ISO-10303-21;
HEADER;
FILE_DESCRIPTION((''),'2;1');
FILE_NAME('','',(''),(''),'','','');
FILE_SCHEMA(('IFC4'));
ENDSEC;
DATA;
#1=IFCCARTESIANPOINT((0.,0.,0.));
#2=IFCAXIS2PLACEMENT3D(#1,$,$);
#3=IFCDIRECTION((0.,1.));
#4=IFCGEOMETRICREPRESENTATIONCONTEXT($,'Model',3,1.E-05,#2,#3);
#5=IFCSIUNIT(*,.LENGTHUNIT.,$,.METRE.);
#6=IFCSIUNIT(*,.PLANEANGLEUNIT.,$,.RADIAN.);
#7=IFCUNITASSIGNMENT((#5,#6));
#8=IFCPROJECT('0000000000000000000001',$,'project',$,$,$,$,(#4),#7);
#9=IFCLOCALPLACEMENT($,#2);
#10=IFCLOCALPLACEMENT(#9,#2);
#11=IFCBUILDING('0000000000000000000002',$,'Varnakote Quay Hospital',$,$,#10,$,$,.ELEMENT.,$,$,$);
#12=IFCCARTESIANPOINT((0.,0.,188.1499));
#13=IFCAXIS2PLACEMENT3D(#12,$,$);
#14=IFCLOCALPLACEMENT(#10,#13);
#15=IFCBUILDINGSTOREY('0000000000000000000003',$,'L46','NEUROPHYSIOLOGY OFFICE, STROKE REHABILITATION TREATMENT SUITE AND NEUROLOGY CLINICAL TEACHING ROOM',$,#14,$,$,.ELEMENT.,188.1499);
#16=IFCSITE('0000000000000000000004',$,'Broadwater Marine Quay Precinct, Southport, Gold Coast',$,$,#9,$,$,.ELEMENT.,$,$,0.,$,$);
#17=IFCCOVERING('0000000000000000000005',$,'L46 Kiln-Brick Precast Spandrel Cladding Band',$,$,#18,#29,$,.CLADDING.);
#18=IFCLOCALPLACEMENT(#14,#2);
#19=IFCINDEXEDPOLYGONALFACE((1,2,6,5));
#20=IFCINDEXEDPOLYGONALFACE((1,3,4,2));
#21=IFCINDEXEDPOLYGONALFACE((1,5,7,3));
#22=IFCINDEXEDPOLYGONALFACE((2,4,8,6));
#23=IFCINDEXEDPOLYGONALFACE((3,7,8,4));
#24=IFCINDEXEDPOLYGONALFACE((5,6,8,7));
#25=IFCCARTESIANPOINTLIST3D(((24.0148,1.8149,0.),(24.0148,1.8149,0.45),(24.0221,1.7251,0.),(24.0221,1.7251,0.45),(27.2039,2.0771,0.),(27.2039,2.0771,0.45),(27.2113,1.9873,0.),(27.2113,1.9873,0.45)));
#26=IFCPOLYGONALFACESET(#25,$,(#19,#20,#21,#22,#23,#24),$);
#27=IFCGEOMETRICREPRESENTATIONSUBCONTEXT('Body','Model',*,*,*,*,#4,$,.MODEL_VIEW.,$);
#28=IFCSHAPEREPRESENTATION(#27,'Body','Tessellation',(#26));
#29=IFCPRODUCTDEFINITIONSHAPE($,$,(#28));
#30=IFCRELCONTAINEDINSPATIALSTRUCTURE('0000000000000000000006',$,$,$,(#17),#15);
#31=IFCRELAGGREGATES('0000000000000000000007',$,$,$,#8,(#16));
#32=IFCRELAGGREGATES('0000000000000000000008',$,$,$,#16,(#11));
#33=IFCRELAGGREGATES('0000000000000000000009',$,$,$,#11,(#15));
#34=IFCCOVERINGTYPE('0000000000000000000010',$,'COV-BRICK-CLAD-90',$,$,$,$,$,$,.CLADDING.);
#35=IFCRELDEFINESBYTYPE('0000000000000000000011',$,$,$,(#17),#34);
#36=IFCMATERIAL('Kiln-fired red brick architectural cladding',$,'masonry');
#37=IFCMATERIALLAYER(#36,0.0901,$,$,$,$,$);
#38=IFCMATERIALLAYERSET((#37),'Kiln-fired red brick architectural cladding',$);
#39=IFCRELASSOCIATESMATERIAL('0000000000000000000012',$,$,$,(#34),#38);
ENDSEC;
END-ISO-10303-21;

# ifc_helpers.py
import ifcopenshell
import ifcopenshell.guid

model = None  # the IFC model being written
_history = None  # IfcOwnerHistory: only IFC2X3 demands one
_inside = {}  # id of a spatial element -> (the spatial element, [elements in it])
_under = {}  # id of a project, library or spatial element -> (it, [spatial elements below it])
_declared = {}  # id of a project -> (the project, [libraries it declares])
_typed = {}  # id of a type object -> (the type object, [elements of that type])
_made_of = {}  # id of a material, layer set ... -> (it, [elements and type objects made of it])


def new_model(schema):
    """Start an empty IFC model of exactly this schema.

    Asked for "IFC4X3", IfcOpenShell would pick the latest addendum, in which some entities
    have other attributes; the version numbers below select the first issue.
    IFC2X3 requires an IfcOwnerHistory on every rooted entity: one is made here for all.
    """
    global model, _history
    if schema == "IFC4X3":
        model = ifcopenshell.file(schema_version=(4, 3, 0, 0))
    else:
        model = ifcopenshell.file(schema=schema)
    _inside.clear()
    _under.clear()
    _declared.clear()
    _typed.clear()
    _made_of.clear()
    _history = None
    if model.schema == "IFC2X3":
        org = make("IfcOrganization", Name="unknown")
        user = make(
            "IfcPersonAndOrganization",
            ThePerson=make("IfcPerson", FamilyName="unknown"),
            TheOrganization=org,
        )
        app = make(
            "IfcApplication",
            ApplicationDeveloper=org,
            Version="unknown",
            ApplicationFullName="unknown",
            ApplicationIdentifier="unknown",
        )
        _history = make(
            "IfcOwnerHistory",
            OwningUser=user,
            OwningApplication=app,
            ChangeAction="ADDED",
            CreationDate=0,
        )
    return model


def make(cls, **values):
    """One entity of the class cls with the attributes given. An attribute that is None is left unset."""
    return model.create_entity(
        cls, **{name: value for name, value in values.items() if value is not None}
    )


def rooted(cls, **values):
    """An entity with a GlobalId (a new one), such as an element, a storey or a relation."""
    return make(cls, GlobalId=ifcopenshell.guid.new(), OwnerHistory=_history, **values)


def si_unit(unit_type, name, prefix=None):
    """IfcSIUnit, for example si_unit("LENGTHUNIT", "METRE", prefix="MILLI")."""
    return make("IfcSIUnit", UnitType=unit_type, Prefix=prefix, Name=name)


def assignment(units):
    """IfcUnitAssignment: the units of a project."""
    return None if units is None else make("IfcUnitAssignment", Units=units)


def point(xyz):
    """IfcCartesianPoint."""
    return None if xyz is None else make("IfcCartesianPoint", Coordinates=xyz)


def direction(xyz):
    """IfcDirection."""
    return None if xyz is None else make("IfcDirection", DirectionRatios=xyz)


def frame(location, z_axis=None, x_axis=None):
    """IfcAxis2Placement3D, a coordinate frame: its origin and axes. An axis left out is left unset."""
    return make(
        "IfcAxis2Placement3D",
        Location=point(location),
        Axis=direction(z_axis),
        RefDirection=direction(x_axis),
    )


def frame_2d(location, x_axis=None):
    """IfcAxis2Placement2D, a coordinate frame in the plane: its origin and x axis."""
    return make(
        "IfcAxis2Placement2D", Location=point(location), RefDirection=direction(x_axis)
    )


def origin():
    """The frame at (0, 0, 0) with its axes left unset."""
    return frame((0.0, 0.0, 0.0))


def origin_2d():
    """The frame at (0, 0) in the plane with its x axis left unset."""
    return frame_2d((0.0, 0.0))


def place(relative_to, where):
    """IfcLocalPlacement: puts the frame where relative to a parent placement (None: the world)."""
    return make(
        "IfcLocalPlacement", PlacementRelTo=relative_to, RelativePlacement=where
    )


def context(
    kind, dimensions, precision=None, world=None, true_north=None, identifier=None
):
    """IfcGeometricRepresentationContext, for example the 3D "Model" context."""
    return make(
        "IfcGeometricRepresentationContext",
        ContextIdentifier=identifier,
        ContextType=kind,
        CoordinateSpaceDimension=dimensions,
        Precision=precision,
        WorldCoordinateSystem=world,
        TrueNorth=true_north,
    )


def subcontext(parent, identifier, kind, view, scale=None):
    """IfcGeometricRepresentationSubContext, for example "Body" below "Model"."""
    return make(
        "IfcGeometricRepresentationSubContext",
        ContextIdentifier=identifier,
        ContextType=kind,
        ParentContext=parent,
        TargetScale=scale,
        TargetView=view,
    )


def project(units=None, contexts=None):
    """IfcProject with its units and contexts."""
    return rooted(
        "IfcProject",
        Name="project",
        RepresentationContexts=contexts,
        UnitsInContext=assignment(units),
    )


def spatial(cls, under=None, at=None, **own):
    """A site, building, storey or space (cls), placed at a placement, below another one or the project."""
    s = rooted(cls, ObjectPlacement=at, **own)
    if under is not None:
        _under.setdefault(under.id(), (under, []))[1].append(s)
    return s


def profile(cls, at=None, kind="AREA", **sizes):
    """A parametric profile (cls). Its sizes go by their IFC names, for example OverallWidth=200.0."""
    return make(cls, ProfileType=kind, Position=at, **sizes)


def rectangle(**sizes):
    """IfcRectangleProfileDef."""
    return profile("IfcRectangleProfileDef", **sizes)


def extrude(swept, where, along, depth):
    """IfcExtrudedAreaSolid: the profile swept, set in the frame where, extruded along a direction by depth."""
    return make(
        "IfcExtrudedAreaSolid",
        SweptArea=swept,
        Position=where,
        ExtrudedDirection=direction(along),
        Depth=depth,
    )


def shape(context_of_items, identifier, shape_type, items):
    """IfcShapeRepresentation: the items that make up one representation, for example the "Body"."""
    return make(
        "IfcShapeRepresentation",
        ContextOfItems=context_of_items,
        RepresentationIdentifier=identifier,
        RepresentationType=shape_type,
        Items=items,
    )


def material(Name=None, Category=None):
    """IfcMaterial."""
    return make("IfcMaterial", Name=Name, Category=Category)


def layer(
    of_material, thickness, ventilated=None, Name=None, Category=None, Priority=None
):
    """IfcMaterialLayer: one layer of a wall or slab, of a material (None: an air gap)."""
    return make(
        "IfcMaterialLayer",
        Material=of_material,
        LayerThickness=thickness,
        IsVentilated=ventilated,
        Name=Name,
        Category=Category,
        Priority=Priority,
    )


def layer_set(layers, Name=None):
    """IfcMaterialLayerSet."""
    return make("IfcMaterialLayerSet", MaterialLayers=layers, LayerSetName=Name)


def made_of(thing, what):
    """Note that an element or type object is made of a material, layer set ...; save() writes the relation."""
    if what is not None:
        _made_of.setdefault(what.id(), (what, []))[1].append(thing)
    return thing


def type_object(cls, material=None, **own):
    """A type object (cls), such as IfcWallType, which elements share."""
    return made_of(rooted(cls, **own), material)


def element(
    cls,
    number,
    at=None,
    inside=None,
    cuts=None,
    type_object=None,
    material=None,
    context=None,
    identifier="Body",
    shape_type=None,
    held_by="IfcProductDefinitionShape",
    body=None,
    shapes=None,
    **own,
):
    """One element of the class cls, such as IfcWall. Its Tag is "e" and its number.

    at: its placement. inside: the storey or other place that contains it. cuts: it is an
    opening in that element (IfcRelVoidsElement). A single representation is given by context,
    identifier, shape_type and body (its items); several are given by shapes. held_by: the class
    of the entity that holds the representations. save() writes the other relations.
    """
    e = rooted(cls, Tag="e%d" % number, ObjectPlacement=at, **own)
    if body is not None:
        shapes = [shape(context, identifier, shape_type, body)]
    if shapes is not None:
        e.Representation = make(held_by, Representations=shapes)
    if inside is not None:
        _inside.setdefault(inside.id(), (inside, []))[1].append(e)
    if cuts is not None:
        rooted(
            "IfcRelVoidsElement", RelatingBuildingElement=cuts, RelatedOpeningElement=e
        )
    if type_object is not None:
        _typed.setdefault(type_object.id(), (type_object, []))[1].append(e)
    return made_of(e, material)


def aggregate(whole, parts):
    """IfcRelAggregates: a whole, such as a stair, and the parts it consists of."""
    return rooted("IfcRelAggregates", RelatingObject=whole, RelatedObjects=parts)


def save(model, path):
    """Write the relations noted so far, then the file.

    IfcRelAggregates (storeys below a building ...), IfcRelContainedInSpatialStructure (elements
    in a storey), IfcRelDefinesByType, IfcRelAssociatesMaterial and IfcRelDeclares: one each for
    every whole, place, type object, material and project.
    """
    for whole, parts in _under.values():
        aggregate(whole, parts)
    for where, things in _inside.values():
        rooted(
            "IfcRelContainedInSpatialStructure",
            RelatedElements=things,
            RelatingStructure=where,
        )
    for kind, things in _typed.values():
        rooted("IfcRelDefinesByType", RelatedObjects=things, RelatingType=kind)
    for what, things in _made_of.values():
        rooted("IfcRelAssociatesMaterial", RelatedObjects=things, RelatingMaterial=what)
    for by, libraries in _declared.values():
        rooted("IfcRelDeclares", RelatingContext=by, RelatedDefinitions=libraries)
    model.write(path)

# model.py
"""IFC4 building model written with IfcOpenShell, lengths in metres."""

from ifc_helpers import new_model, si_unit, direction, frame, origin, origin_2d, place, context, subcontext, project, spatial, rectangle, extrude, material, layer, layer_set, type_object, element, save


model = new_model("IFC4")

# Units and contexts
model_context = context("Model", 3, precision=1e-05, world=origin(), true_north=direction((0.0, 1.0)))
body_context = subcontext(model_context, "Body", "Model", "MODEL_VIEW")
ifc_project = project(units=[si_unit("LENGTHUNIT", "METRE"), si_unit("PLANEANGLEUNIT", "RADIAN")], contexts=[model_context])

# Site, building, storey
site_placement = place(None, origin())
site = spatial("IfcSite", under=ifc_project, at=site_placement, Name="Broadwater Marine Quay Precinct, Southport, Gold Coast", CompositionType="ELEMENT", RefElevation=0.0)
building_placement = place(site_placement, origin())
building = spatial("IfcBuilding", under=site, at=building_placement, Name="Varnakote Quay Hospital", CompositionType="ELEMENT")
storey_placement = place(building_placement, frame((0.0, 0.0, 188.1499)))
storey = spatial("IfcBuildingStorey", under=building, at=storey_placement, Name="L46", Description="NEUROPHYSIOLOGY OFFICE, STROKE REHABILITATION TREATMENT SUITE AND NEUROLOGY CLINICAL TEACHING ROOM", CompositionType="ELEMENT", Elevation=188.1499)

# Covering
ifc_material_1 = material(Name="Kiln-fired red brick architectural cladding", Category="masonry")
ifc_layer_1 = layer(ifc_material_1, 0.0901)
ifc_layer_set_1 = layer_set([ifc_layer_1], Name="Kiln-fired red brick architectural cladding")
covering_type = type_object("IfcCoveringType", Name="COV-BRICK-CLAD-90", PredefinedType="CLADDING", material=ifc_layer_set_1)
covering_placement = place(storey_placement, frame((25.613, 1.9011, 0.0), z_axis=(0.0, 0.0, 1.0), x_axis=(0.996637, 0.081939, 0.0)))
element("IfcCovering", 1, at=covering_placement, inside=storey, type_object=covering_type, Name="L46 Kiln-Brick Precast Spandrel Cladding Band", PredefinedType="CLADDING", context=body_context, shape_type="SweptSolid", body=[
    extrude(rectangle(XDim=3.2, YDim=0.0901, at=origin_2d()), origin(), (0.0, 0.0, 1.0), 0.45),
])

save(model, "model.ifc")
